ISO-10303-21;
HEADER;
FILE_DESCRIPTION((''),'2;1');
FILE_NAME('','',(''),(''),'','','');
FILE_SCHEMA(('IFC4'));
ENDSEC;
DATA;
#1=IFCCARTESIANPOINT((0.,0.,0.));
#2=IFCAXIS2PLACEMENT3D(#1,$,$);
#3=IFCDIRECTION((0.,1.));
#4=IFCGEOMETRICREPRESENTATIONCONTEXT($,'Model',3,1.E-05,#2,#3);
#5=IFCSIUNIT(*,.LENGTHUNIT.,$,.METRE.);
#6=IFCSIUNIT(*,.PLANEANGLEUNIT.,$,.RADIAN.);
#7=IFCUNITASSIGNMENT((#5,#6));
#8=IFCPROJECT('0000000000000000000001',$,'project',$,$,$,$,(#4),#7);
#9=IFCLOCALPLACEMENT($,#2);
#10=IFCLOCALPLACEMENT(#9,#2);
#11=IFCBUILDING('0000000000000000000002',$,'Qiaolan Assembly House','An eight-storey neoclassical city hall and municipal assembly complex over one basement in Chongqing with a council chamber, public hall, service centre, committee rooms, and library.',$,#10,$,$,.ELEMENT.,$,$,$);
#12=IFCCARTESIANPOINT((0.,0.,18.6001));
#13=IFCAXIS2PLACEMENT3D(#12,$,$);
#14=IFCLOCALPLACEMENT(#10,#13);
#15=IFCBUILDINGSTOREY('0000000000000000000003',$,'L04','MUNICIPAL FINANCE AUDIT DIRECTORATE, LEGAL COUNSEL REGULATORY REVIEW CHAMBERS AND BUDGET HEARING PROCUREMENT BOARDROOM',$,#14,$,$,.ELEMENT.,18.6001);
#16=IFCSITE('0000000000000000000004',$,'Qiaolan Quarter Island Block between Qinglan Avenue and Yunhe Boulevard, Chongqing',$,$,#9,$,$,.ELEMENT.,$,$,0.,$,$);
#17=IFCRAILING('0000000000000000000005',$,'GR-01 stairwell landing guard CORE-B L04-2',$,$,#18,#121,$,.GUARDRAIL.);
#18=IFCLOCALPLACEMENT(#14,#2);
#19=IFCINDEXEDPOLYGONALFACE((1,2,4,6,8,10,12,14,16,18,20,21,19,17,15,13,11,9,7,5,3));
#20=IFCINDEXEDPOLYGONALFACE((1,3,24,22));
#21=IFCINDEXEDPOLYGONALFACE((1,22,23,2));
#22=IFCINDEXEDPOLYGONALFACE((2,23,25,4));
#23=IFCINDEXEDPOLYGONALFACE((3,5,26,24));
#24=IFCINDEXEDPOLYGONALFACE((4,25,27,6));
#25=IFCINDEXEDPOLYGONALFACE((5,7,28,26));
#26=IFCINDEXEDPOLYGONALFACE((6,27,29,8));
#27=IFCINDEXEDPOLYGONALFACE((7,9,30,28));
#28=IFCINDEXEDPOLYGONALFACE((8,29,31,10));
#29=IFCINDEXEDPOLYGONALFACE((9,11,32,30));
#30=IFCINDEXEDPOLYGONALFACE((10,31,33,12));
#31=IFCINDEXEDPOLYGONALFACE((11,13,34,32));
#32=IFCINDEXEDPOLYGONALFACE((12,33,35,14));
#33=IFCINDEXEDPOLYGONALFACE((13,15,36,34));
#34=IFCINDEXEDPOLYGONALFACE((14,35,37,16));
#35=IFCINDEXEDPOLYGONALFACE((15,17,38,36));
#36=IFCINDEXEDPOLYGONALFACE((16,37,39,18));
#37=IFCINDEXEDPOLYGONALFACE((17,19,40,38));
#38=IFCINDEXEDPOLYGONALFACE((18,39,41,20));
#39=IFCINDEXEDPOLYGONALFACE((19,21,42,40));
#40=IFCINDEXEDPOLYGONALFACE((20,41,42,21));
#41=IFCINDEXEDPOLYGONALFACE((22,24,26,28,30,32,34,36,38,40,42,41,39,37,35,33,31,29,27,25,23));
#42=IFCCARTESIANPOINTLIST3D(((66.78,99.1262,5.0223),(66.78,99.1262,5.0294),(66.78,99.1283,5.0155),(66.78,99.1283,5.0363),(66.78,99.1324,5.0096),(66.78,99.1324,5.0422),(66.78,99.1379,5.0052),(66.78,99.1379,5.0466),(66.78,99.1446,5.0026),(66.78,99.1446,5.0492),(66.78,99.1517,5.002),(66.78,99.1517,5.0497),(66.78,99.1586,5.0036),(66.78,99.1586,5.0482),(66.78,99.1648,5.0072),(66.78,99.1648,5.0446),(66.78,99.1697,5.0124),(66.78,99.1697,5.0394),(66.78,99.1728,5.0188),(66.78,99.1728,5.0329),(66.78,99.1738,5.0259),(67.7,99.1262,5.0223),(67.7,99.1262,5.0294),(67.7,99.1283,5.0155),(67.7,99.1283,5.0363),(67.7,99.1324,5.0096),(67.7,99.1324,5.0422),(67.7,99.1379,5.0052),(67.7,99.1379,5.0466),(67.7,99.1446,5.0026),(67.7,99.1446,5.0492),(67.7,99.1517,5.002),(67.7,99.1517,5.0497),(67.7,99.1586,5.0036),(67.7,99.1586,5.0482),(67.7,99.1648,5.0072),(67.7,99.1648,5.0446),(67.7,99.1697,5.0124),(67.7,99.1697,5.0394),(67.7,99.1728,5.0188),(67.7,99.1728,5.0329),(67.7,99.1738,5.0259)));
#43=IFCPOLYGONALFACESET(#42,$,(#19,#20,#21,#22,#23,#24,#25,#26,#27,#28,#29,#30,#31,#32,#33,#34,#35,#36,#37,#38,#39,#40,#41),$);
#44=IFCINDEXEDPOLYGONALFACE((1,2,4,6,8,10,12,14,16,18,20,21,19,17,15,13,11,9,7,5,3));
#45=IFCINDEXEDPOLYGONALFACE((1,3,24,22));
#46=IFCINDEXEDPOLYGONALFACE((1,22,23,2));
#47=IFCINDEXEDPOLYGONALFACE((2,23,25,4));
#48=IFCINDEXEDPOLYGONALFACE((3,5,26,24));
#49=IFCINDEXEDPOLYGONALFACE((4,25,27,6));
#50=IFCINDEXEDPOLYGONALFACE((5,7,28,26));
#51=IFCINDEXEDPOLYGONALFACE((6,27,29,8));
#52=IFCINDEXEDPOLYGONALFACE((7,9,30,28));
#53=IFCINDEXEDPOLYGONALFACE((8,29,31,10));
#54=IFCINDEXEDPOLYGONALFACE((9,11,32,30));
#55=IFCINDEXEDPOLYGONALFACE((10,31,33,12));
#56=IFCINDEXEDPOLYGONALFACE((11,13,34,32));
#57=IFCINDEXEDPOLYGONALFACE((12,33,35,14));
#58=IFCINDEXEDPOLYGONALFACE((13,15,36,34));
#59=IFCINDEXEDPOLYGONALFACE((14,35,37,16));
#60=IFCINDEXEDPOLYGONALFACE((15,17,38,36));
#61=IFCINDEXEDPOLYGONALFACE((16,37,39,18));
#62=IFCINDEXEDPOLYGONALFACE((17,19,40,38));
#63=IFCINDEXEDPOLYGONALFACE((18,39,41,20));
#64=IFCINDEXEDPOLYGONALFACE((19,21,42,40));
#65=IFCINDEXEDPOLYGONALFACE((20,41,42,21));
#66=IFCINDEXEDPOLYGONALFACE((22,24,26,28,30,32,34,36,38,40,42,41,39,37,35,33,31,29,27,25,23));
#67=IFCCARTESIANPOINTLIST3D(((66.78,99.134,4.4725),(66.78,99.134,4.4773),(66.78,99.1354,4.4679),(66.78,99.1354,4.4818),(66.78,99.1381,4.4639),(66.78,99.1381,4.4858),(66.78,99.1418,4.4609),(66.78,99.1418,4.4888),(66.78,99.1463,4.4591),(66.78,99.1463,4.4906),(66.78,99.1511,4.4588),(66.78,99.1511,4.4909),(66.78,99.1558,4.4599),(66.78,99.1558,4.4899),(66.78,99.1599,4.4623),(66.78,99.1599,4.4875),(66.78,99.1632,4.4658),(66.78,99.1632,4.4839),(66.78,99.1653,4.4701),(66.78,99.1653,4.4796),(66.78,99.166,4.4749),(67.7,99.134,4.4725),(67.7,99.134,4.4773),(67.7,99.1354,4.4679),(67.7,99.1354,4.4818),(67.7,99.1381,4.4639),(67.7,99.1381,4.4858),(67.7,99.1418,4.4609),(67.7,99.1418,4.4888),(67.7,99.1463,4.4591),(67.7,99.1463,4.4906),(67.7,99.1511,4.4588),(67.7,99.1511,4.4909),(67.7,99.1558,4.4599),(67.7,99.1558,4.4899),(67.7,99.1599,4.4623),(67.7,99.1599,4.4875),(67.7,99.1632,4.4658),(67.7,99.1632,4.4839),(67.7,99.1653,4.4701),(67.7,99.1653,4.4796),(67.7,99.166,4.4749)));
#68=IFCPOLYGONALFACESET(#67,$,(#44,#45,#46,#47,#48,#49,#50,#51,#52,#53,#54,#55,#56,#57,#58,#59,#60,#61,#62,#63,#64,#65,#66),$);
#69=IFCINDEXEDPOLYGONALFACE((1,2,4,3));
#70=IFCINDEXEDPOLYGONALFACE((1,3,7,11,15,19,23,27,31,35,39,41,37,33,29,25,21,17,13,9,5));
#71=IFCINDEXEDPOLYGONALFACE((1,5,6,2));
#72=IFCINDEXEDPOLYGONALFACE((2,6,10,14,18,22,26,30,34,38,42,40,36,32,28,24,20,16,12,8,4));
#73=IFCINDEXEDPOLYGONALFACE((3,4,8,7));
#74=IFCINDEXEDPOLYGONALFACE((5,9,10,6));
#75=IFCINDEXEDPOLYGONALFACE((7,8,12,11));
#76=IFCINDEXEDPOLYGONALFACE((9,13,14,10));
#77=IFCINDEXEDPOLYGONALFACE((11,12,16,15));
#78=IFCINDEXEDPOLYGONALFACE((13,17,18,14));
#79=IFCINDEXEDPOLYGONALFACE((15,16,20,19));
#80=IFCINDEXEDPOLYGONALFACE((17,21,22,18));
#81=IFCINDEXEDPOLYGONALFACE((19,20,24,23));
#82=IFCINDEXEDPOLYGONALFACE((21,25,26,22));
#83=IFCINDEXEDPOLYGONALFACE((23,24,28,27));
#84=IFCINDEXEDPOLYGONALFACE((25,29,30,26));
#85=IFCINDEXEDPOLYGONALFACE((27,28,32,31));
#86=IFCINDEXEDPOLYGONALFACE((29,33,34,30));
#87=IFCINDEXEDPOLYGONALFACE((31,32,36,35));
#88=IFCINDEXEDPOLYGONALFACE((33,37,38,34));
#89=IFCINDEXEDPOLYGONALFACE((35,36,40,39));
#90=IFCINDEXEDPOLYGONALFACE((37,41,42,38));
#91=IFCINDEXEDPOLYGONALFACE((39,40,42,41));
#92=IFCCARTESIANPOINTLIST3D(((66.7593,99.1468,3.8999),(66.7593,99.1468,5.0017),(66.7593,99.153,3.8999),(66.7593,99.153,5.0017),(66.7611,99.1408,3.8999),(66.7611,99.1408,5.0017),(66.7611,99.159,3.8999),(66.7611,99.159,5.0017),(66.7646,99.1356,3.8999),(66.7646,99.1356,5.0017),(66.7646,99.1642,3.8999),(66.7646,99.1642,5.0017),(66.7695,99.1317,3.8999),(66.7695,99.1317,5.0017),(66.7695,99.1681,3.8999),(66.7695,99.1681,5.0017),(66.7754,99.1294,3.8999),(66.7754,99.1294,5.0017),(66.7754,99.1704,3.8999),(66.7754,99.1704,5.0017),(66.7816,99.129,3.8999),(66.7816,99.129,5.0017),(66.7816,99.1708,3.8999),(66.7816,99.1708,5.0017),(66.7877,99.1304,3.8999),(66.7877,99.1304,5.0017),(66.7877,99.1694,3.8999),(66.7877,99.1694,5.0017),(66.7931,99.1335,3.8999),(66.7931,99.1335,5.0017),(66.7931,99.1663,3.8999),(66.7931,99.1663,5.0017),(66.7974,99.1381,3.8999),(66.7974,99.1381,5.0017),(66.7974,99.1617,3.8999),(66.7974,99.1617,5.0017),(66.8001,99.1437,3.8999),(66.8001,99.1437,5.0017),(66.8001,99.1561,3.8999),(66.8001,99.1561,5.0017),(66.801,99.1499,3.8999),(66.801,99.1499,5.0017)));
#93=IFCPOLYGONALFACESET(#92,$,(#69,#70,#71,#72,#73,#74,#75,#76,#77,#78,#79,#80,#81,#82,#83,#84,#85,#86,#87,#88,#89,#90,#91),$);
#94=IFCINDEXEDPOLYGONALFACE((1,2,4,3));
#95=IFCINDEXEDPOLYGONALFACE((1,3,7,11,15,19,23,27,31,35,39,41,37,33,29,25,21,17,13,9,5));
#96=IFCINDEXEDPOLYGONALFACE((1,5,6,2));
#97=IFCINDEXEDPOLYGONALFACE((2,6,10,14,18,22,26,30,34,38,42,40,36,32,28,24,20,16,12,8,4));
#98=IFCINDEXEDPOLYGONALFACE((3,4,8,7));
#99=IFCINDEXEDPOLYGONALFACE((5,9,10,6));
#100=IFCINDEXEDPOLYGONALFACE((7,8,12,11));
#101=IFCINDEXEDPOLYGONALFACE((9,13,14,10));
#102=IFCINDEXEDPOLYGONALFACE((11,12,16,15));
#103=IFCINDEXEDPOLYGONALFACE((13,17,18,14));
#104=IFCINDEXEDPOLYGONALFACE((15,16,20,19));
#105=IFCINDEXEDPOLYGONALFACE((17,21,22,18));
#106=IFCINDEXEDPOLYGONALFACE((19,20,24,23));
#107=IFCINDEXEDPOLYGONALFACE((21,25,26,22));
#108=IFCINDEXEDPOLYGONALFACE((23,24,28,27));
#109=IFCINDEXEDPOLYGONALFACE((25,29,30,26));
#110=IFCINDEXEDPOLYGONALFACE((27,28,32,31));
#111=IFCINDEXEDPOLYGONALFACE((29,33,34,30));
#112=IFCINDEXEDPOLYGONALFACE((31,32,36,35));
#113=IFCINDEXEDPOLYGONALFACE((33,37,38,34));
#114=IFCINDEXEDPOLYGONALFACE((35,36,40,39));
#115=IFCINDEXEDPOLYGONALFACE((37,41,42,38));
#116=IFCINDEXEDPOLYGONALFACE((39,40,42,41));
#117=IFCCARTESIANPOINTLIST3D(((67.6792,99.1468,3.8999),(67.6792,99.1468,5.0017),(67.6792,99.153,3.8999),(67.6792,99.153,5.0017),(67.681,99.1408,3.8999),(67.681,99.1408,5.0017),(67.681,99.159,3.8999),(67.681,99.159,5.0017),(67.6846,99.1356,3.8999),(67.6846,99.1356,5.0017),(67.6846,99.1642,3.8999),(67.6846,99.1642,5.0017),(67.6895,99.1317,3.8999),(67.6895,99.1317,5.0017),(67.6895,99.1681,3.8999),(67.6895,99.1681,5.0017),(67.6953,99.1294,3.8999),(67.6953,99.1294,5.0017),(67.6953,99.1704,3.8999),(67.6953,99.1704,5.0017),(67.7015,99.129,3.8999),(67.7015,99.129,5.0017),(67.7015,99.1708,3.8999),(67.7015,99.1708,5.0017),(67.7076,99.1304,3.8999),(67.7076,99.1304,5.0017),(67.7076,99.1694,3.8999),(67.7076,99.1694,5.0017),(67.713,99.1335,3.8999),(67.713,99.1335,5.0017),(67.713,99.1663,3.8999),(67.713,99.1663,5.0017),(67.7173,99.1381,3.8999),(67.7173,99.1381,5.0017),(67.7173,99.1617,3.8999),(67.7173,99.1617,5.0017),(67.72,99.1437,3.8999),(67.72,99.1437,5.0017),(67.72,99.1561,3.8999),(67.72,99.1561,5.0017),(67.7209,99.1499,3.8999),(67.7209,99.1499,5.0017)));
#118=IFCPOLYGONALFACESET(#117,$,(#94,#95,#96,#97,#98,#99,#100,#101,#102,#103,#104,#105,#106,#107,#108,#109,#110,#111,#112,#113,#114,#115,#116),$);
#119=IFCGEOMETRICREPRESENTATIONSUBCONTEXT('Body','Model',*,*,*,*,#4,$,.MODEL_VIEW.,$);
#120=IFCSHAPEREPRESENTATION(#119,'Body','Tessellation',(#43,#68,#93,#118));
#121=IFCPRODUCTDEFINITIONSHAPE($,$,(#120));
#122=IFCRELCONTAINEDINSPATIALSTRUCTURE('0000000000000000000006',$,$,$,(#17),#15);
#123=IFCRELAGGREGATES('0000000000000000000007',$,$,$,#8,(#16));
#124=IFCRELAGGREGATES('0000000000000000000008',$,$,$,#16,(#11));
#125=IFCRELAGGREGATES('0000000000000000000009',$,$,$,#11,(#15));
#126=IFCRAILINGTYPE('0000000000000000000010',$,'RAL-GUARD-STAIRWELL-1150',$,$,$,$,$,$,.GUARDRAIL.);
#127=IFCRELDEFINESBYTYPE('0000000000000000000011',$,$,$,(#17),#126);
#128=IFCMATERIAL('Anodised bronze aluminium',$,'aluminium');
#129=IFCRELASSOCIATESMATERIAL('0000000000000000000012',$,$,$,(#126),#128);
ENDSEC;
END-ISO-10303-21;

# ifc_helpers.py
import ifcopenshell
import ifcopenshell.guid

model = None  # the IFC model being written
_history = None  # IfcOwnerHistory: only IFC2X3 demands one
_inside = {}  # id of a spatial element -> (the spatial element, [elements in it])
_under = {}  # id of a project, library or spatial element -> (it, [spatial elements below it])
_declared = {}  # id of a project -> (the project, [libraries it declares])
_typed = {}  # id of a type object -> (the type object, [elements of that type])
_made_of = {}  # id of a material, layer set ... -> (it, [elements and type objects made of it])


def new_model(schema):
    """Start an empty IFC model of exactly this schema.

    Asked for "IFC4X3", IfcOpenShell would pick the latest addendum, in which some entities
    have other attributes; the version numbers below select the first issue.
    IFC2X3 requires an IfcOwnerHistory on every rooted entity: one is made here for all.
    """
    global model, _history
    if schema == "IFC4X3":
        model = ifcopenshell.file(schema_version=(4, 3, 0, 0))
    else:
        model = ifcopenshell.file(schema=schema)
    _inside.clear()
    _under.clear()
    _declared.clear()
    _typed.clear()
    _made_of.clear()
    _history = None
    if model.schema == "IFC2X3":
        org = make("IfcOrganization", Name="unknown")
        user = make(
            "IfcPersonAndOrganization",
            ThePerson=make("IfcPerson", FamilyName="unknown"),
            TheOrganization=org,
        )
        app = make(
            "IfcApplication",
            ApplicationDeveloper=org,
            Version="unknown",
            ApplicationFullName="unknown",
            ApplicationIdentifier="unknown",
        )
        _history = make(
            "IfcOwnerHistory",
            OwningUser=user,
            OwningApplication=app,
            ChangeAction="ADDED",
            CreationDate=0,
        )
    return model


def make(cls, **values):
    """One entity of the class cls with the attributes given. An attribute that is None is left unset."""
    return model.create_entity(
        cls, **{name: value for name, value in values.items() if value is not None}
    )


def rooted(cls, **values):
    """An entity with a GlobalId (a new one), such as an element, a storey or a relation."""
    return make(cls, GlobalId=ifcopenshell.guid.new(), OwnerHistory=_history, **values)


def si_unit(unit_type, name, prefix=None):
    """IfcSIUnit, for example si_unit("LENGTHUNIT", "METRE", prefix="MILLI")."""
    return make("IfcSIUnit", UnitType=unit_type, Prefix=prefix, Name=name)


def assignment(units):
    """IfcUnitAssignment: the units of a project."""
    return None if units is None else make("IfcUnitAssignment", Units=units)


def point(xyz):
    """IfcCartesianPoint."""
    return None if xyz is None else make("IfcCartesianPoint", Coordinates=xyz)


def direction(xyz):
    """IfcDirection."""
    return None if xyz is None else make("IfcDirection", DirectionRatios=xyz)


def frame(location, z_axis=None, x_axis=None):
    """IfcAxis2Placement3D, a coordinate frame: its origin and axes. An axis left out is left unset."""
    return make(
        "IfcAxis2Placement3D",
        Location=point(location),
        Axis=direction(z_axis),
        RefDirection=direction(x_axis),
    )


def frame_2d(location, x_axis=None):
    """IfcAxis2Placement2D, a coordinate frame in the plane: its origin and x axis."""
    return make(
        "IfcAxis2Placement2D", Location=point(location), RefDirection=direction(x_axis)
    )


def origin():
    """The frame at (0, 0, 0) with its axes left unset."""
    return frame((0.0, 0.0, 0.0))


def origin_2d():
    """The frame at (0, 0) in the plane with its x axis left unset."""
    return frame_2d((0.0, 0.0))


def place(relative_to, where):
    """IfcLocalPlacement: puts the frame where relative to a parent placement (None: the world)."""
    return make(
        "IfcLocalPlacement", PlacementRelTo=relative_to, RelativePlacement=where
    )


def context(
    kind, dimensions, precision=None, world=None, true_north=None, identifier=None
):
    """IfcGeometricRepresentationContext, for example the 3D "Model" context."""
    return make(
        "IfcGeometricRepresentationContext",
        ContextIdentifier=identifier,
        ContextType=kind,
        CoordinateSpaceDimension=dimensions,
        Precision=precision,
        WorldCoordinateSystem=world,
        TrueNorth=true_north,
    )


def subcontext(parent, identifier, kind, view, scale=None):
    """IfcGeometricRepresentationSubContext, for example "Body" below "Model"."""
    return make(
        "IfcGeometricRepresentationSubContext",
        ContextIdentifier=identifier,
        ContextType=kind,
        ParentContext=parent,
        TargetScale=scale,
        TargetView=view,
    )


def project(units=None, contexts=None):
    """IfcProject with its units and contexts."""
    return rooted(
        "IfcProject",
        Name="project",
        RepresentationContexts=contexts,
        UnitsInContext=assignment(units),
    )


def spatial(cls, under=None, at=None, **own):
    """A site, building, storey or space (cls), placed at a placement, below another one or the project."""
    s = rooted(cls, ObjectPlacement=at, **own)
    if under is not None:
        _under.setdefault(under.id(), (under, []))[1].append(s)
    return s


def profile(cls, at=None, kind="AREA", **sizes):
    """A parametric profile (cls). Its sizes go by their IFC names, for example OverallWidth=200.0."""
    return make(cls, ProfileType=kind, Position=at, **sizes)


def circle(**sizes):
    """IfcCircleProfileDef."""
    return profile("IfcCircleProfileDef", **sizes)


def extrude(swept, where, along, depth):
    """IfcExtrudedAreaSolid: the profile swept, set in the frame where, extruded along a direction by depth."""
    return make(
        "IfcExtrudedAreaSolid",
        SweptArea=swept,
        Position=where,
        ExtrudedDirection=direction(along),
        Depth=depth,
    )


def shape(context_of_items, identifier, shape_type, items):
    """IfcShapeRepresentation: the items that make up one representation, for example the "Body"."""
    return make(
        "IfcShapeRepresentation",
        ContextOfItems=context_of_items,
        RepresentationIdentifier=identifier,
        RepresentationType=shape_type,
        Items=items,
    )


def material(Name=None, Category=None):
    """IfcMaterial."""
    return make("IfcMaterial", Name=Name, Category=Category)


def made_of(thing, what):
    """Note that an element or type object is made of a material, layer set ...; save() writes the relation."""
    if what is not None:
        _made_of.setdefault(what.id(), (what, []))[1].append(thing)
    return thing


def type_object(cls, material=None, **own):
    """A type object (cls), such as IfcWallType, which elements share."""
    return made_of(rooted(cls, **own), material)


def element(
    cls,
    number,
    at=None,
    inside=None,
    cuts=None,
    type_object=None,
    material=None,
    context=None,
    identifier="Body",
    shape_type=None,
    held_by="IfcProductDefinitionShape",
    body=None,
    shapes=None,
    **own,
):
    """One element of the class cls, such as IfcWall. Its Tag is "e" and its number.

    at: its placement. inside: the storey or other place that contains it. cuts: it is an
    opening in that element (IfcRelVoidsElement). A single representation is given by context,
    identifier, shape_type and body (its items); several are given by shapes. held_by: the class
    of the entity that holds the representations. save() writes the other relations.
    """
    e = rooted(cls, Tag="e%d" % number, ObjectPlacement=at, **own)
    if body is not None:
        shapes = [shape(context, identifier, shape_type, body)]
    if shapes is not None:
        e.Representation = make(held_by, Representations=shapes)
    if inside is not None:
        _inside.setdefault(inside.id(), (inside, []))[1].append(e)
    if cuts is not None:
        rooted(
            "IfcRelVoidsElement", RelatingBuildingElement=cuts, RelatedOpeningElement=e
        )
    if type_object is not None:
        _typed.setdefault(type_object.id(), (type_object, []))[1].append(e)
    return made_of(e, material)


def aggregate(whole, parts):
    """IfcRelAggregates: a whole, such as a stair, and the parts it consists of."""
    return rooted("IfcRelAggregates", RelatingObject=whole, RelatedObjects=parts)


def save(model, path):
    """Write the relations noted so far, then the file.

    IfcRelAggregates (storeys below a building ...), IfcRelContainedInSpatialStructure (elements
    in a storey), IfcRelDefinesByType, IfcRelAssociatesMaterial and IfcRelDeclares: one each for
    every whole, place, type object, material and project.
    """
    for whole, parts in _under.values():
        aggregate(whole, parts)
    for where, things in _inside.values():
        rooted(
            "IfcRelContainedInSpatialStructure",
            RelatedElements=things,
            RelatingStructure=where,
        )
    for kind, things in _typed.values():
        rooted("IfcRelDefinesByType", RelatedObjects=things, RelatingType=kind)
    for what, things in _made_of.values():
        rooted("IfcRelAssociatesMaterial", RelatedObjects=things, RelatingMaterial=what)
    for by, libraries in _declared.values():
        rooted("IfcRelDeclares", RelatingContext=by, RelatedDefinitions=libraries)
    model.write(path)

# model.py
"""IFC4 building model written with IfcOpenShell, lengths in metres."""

from ifc_helpers import new_model, si_unit, direction, frame, origin, origin_2d, place, context, subcontext, project, spatial, circle, extrude, material, type_object, element, save


model = new_model("IFC4")

# Units and contexts
model_context = context("Model", 3, precision=1e-05, world=origin(), true_north=direction((0.0, 1.0)))
body_context = subcontext(model_context, "Body", "Model", "MODEL_VIEW")
ifc_project = project(units=[si_unit("LENGTHUNIT", "METRE"), si_unit("PLANEANGLEUNIT", "RADIAN")], contexts=[model_context])

# Site, building, storey
site_placement = place(None, origin())
site = spatial("IfcSite", under=ifc_project, at=site_placement, Name="Qiaolan Quarter Island Block between Qinglan Avenue and Yunhe Boulevard, Chongqing", CompositionType="ELEMENT", RefElevation=0.0)
building_placement = place(site_placement, origin())
building = spatial("IfcBuilding", under=site, at=building_placement, Name="Qiaolan Assembly House", Description="An eight-storey neoclassical city hall and municipal assembly complex over one basement in Chongqing with a council chamber, public hall, service centre, committee rooms, and library.", CompositionType="ELEMENT")
storey_placement = place(building_placement, frame((0.0, 0.0, 18.6001)))
storey = spatial("IfcBuildingStorey", under=building, at=storey_placement, Name="L04", Description="MUNICIPAL FINANCE AUDIT DIRECTORATE, LEGAL COUNSEL REGULATORY REVIEW CHAMBERS AND BUDGET HEARING PROCUREMENT BOARDROOM", CompositionType="ELEMENT", Elevation=18.6001)

# Railing
ifc_material_1 = material(Name="Anodised bronze aluminium", Category="aluminium")
railing_type_1 = type_object("IfcRailingType", Name="RAL-GUARD-STAIRWELL-1150", PredefinedType="GUARDRAIL", material=ifc_material_1)
for number, where, name in (
    (1, (66.78, 99.1499, 3.8999), "GR-01 stairwell landing guard CORE-B L04-2"),
):
    element("IfcRailing", number, at=place(storey_placement, frame(where)), inside=storey, type_object=railing_type_1, Name=name, PredefinedType="GUARDRAIL", context=body_context, shape_type="SweptSolid", body=[
        extrude(circle(Radius=0.0239, at=origin_2d()), frame((0.0, 0.0, 1.126), z_axis=(1.0, 0.0, 0.0), x_axis=(0.0, 1.0, 0.0)), (0.0, 0.0, 1.0), 0.9199),
        extrude(circle(Radius=0.0161, at=origin_2d()), frame((0.0, 0.0, 0.575), z_axis=(1.0, 0.0, 0.0), x_axis=(0.0, 1.0, 0.0)), (0.0, 0.0, 1.0), 0.9199),
        extrude(circle(Radius=0.021, at=origin_2d()), origin(), (0.0, 0.0, 1.0), 1.1018),
        extrude(circle(Radius=0.021, at=origin_2d()), frame((0.9199, 0.0, 0.0)), (0.0, 0.0, 1.0), 1.1018),
    ])

save(model, "model.ifc")
